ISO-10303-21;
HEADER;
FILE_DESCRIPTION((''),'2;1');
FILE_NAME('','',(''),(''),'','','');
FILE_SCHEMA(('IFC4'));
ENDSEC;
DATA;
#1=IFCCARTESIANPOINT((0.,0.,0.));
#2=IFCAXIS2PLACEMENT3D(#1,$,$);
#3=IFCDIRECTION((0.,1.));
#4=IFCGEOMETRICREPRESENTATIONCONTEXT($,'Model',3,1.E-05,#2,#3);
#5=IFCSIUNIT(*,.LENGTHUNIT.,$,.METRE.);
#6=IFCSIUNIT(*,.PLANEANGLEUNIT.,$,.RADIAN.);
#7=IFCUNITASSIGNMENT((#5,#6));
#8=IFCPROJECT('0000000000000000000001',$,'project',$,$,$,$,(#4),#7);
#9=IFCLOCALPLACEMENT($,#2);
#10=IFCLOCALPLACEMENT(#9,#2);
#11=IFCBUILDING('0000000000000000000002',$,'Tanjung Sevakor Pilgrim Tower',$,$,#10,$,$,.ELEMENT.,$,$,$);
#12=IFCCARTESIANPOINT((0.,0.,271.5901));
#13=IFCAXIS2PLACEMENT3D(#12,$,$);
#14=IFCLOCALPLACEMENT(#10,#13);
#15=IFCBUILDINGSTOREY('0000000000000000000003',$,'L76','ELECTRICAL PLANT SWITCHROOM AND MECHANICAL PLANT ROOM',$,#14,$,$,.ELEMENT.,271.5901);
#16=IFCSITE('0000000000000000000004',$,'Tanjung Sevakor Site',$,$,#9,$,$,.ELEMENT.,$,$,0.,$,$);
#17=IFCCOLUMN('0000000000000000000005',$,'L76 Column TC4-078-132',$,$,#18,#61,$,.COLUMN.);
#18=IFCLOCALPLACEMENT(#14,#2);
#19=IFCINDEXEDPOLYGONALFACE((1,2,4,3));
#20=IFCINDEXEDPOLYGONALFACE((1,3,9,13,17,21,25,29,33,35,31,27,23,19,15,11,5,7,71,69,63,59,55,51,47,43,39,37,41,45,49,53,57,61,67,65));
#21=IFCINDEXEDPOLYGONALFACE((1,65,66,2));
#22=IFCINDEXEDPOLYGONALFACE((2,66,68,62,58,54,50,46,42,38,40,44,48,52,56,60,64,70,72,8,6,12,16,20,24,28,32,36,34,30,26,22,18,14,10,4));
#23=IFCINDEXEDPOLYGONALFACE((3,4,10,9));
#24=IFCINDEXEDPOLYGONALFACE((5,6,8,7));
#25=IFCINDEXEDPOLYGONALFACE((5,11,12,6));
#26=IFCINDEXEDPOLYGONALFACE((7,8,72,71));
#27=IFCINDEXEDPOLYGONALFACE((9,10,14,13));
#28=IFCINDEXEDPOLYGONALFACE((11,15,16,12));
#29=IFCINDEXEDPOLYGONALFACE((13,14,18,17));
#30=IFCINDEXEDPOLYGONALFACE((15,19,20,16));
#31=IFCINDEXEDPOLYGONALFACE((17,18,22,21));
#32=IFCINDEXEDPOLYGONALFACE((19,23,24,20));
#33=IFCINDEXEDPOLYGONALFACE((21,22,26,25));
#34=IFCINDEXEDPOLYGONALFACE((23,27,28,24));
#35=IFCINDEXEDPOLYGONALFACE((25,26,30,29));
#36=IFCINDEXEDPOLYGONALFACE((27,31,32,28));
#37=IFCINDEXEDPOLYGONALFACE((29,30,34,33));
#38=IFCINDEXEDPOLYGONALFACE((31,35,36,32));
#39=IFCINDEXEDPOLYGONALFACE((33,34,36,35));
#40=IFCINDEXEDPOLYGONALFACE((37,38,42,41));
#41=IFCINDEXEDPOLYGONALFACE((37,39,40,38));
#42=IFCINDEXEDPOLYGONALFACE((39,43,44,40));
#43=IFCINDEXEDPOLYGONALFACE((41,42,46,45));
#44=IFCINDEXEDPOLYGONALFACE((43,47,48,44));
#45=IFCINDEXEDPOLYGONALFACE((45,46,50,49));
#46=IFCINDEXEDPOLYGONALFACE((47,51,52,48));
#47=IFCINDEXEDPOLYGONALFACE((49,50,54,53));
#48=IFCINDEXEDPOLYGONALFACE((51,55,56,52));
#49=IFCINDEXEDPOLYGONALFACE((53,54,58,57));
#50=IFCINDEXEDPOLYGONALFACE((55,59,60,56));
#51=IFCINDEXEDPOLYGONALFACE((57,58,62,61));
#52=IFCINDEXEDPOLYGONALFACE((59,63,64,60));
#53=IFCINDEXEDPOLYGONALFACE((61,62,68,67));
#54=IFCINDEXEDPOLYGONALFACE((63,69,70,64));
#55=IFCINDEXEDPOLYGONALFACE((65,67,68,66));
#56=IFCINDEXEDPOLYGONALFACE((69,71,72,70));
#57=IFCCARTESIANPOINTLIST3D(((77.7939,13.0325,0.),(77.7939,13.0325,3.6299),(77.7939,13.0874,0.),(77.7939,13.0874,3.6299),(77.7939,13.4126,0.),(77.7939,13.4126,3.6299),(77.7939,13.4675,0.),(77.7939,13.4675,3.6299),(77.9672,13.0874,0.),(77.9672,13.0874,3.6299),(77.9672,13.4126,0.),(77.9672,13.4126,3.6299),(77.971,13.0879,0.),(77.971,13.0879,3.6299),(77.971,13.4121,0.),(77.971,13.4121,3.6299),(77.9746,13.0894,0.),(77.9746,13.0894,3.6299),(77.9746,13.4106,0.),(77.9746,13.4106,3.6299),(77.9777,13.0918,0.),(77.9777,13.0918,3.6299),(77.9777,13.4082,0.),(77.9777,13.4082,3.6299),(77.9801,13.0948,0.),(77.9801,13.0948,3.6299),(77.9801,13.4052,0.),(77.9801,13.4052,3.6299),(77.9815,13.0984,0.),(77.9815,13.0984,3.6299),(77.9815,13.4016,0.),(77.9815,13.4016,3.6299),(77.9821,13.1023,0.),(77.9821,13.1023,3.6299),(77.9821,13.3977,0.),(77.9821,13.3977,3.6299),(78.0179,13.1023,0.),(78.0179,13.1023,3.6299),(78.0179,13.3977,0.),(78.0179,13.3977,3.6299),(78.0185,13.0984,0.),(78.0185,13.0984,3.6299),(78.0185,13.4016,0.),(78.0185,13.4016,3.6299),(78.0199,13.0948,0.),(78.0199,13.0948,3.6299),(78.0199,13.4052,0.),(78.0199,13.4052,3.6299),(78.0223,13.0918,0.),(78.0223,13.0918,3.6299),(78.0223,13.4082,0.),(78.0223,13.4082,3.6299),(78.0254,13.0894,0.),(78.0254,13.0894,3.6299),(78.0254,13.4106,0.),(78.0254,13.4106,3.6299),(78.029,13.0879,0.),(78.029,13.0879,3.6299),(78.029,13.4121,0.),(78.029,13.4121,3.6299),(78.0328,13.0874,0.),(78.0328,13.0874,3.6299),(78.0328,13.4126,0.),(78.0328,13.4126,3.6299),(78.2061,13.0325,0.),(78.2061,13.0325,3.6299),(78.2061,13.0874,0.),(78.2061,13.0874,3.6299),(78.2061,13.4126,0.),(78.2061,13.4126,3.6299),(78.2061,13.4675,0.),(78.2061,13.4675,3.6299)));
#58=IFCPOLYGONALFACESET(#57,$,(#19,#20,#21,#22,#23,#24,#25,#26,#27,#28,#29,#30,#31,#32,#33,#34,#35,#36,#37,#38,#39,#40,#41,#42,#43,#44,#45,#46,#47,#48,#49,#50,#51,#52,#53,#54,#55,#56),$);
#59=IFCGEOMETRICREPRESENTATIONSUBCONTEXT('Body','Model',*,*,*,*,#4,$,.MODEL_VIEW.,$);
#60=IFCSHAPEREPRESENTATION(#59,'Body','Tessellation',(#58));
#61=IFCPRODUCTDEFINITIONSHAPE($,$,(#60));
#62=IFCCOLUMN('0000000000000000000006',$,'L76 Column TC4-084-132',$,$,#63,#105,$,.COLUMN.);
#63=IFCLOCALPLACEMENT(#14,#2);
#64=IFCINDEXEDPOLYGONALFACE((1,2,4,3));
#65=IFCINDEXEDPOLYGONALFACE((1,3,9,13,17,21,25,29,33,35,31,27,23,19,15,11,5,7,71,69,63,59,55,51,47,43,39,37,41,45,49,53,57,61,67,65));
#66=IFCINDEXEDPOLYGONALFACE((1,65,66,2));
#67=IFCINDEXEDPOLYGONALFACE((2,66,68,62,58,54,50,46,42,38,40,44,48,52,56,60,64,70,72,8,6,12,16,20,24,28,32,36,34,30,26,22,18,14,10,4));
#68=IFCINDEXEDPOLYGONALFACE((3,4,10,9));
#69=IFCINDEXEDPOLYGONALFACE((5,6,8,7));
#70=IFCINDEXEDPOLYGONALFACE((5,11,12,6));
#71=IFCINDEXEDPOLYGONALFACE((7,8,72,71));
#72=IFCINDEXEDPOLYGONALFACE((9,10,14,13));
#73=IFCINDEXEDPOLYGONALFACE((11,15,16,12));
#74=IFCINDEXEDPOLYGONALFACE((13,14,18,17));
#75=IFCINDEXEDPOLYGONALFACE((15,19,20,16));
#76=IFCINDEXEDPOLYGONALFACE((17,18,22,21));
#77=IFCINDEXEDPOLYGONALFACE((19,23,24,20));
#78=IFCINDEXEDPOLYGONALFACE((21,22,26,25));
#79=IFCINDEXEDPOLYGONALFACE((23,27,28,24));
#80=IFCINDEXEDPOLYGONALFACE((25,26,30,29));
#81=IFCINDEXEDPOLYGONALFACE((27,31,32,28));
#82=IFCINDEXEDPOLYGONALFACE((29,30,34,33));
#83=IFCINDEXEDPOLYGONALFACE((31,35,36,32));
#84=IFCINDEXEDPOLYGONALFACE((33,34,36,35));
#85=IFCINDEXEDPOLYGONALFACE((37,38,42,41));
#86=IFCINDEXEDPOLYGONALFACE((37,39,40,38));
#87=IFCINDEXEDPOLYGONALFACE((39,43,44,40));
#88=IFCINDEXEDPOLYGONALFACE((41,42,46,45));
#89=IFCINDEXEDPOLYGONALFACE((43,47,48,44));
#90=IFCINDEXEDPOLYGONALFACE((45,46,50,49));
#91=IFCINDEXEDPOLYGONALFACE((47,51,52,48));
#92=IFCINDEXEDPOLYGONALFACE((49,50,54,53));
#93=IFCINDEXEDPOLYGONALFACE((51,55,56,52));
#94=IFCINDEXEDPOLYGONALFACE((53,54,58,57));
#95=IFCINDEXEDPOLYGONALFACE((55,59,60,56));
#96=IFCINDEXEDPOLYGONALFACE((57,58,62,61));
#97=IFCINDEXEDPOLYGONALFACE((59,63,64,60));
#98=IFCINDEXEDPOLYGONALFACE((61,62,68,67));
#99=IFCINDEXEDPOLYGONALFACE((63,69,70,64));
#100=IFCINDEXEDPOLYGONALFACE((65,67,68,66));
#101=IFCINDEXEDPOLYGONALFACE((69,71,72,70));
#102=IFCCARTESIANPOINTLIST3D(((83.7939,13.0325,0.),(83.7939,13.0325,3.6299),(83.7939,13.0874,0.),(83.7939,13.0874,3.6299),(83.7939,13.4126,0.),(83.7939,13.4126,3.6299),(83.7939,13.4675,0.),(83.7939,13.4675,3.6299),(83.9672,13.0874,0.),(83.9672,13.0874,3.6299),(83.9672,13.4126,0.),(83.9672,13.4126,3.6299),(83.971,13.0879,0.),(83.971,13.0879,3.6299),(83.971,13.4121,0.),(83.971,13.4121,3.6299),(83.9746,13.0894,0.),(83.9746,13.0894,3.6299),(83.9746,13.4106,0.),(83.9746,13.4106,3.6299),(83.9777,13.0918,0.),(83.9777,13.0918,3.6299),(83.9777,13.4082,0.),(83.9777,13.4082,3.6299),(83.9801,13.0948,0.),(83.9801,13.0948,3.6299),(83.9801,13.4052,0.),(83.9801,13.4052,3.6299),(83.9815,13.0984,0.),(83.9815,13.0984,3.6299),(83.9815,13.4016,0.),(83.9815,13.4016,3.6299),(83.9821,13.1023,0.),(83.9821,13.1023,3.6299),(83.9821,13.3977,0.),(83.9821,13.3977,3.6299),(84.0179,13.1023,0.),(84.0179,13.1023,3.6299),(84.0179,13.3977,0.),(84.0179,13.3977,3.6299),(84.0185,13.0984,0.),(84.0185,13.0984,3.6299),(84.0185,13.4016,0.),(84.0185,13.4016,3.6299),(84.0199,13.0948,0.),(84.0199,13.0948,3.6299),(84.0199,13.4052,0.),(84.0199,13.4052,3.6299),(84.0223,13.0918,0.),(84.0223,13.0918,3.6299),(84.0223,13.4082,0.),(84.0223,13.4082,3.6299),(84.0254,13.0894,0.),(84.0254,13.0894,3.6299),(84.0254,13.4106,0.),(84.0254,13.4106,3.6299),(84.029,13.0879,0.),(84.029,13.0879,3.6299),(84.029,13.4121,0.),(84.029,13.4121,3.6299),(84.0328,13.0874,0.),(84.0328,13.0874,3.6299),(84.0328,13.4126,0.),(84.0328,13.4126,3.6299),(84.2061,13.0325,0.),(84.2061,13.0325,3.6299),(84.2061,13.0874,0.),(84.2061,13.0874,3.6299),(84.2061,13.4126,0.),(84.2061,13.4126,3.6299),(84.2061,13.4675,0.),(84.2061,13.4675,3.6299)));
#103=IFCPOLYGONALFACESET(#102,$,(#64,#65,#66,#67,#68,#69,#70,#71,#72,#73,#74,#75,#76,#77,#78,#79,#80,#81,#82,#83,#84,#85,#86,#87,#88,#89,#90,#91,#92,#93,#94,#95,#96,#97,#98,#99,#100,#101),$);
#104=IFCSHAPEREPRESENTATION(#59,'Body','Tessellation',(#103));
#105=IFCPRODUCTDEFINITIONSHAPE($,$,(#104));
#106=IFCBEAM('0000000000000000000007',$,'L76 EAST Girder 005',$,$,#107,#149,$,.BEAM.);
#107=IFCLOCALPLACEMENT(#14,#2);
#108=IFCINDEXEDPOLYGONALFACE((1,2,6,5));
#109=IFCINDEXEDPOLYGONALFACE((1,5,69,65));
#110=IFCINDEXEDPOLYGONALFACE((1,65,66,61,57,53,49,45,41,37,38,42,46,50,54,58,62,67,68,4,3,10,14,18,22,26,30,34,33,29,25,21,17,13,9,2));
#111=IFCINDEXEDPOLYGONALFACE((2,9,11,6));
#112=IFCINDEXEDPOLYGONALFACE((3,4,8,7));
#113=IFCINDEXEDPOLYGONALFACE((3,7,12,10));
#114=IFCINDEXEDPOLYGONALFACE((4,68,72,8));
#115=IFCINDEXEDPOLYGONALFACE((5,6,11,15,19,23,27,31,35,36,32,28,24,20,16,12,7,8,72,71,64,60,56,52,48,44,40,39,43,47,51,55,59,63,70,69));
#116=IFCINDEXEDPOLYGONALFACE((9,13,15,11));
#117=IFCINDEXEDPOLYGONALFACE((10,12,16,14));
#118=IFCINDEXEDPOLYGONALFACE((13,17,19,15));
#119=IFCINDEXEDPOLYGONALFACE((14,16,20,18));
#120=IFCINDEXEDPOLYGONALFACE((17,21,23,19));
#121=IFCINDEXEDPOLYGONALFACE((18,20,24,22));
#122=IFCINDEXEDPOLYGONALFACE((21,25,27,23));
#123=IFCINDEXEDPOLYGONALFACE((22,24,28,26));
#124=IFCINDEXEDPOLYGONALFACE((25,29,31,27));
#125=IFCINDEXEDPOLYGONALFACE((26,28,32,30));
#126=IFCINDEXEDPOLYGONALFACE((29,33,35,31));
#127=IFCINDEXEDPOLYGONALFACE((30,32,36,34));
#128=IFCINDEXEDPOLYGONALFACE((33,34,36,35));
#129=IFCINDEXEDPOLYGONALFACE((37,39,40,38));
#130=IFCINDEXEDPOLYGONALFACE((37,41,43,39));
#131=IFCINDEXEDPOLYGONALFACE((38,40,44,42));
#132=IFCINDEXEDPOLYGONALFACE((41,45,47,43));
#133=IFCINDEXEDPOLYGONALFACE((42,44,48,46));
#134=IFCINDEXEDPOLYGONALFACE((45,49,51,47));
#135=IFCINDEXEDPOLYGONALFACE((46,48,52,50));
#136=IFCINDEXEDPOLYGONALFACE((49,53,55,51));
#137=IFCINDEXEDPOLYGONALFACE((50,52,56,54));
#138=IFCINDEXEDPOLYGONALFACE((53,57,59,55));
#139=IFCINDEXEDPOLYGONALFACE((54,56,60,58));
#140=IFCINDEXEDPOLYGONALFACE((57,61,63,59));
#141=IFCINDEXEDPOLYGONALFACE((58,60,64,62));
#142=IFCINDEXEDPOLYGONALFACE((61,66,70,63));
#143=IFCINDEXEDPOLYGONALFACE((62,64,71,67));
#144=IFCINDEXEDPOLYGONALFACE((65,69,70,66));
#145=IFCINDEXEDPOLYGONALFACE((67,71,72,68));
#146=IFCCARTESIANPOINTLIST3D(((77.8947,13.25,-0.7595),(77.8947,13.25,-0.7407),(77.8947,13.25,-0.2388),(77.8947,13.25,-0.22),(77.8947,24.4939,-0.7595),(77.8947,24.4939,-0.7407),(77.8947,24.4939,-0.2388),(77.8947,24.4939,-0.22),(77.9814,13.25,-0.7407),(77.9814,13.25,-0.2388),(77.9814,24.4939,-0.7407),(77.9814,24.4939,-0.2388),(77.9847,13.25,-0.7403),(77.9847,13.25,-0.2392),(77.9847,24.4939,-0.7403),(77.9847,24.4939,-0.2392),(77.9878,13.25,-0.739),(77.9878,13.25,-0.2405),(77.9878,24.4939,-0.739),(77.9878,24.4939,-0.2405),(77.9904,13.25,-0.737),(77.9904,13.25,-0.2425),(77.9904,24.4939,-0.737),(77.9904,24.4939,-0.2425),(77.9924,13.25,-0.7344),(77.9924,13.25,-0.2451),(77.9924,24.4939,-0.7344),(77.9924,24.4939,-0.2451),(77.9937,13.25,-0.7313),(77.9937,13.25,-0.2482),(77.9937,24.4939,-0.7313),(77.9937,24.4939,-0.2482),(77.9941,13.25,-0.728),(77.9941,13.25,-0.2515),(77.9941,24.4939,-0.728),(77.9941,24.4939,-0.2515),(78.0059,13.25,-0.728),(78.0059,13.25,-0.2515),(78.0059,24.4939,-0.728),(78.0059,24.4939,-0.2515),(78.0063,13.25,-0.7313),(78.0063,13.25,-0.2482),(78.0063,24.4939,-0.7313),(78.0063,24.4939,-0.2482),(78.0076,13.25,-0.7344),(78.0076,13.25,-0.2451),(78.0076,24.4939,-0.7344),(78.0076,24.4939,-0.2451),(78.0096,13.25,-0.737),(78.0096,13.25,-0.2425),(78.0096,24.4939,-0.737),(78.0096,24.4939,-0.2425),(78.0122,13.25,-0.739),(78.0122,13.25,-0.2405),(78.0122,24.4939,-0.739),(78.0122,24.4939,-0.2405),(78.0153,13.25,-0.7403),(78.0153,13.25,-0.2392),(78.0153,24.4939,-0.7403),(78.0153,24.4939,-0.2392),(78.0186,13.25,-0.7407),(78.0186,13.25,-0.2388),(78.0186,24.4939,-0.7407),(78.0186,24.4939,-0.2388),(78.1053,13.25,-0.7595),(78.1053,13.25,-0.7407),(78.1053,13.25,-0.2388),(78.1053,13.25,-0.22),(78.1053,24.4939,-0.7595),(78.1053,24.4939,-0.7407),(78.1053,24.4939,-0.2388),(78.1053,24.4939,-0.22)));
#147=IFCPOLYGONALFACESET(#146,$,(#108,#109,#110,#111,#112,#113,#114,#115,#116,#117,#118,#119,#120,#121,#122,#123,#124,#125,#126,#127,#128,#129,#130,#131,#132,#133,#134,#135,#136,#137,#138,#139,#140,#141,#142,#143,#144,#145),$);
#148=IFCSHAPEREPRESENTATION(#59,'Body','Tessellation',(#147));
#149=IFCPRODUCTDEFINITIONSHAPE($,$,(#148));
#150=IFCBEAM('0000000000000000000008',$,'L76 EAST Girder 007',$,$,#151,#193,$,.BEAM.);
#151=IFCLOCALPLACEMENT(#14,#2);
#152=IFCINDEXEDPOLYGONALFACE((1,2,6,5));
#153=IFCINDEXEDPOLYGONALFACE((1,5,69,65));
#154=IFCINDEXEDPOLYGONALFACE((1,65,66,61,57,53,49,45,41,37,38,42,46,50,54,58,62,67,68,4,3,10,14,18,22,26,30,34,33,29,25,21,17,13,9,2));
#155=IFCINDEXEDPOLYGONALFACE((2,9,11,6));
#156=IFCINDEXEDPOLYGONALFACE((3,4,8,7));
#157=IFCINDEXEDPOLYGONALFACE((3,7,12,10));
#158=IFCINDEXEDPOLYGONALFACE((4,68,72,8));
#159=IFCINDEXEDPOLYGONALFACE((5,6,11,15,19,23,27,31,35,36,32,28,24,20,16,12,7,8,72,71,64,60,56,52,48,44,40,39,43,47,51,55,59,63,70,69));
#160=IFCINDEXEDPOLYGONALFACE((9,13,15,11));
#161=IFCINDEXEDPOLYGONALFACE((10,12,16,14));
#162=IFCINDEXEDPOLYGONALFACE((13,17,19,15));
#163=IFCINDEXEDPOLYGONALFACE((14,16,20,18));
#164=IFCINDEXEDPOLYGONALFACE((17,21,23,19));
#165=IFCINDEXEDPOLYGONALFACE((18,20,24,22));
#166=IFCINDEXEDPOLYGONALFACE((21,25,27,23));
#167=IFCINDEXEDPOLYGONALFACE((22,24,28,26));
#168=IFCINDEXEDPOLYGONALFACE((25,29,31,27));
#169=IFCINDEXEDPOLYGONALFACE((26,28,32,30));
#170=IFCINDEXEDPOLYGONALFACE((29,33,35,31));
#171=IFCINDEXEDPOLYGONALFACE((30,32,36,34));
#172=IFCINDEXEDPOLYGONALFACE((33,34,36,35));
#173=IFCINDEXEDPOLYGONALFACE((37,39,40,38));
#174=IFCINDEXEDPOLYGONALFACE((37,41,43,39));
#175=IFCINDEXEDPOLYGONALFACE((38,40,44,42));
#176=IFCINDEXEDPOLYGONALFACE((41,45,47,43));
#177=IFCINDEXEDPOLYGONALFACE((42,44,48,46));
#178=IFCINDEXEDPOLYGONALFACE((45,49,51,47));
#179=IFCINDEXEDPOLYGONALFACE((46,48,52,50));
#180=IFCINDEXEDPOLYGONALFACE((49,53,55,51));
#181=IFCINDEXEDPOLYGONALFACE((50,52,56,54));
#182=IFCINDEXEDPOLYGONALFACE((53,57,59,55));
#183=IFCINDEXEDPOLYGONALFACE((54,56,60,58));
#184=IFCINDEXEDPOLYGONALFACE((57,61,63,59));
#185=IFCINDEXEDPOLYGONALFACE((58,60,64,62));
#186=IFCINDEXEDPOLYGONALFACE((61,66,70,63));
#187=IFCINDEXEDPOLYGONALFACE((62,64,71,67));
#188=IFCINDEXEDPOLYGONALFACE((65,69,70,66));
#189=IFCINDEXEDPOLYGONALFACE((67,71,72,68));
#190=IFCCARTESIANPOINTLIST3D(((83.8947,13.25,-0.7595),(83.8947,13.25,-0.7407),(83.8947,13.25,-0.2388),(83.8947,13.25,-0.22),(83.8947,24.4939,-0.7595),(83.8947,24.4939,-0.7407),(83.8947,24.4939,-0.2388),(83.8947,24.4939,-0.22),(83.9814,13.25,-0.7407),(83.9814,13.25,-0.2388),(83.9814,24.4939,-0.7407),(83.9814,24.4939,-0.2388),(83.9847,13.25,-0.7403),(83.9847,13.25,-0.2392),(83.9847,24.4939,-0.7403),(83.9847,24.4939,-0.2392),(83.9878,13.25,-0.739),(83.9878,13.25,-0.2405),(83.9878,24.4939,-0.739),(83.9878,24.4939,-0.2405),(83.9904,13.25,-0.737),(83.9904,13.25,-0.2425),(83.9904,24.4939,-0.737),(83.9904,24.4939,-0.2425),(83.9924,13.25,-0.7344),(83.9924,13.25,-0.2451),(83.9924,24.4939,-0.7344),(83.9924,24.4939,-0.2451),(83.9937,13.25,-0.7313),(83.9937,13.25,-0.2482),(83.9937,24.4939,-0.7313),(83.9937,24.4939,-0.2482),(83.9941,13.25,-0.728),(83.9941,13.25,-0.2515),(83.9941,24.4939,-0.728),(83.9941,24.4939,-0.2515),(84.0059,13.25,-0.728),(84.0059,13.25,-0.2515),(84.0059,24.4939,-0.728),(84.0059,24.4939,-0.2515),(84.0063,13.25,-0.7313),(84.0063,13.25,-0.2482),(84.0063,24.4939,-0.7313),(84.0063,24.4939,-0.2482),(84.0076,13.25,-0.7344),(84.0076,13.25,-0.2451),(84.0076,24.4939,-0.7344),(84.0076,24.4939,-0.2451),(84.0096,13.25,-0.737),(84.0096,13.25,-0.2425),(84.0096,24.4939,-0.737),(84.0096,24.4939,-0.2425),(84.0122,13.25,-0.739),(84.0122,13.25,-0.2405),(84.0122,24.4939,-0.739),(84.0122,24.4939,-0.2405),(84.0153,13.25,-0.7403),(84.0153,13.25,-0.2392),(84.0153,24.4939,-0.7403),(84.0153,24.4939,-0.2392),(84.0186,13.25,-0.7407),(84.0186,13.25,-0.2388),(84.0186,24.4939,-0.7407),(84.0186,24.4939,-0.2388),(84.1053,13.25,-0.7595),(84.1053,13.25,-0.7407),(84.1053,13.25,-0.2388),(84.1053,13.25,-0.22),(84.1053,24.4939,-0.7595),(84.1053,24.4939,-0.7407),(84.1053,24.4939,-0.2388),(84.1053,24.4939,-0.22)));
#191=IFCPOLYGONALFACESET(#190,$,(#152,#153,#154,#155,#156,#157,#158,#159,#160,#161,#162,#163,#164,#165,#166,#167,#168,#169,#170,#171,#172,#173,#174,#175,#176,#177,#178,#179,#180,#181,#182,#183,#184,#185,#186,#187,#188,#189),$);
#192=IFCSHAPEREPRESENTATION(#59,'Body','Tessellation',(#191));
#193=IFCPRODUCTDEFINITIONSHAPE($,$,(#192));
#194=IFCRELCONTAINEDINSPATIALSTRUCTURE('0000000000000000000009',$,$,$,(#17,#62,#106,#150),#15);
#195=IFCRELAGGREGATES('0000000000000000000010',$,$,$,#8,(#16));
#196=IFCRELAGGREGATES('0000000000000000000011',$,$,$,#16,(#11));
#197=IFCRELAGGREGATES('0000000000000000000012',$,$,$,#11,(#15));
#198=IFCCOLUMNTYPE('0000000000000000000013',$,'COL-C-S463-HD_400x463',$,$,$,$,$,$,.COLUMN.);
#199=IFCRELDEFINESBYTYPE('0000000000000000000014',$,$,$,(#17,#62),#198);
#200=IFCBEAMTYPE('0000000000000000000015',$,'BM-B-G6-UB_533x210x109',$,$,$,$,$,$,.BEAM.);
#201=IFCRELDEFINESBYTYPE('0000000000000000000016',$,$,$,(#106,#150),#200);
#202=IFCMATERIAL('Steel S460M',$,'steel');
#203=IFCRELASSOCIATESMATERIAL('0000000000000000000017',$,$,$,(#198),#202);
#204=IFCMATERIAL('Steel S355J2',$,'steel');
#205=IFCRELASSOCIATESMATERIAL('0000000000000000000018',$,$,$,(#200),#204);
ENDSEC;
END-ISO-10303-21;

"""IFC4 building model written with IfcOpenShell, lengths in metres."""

from ifc_helpers import new_model, si_unit, direction, frame, origin, origin_2d, place, context, subcontext, project, spatial, i_section, extrude, material, material_profile, profile_set, type_object, element, save


model = new_model("IFC4")

# Units and contexts
model_context = context("Model", 3, precision=1e-05, world=origin(), true_north=direction((0.0, 1.0)))
body_context = subcontext(model_context, "Body", "Model", "MODEL_VIEW")
ifc_project = project(units=[si_unit("LENGTHUNIT", "METRE"), si_unit("PLANEANGLEUNIT", "RADIAN")], contexts=[model_context])

# Site, building, storey
site_placement = place(None, origin())
site = spatial("IfcSite", under=ifc_project, at=site_placement, Name="Tanjung Sevakor Site", CompositionType="ELEMENT", RefElevation=0.0)
building_placement = place(site_placement, origin())
building = spatial("IfcBuilding", under=site, at=building_placement, Name="Tanjung Sevakor Pilgrim Tower", CompositionType="ELEMENT")
storey_placement = place(building_placement, frame((0.0, 0.0, 271.5901)))
storey = spatial("IfcBuildingStorey", under=building, at=storey_placement, Name="L76", Description="ELECTRICAL PLANT SWITCHROOM AND MECHANICAL PLANT ROOM", CompositionType="ELEMENT", Elevation=271.5901)

# Columns
ifc_material_1 = material(Name="Steel S460M", Category="steel")
ifc_material_profile_1 = material_profile(ifc_material_1, i_section(OverallWidth=0.4121, OverallDepth=0.4351, WebThickness=0.0359, FlangeThickness=0.0549, FilletRadius=0.0149, at=origin_2d()))
ifc_profile_set_1 = profile_set([ifc_material_profile_1], Name="Steel S460M")
column_type = type_object("IfcColumnType", Name="COL-C-S463-HD_400x463", PredefinedType="COLUMN", material=ifc_profile_set_1)
for number, where, z_axis, x_axis, name in (
    (1, (78.0, 13.25, 0.0), (0.0, 0.0, 1.0), (1.0, 0.0, 0.0), "L76 Column TC4-078-132"),
    (2, (84.0, 13.25, 0.0), (0.0, 0.0, 1.0), (1.0, 0.0, 0.0), "L76 Column TC4-084-132"),
):
    element("IfcColumn", number, at=place(storey_placement, frame(where, z_axis=z_axis, x_axis=x_axis)), inside=storey, type_object=column_type, Name=name, PredefinedType="COLUMN", context=body_context, shape_type="SweptSolid", body=[
        extrude(i_section(OverallWidth=0.4121, OverallDepth=0.4351, WebThickness=0.0359, FlangeThickness=0.0549, FilletRadius=0.0149, at=origin_2d()), origin(), (0.0, 0.0, 1.0), 3.6299),
    ])

# Beams
ifc_material_2 = material(Name="Steel S355J2", Category="steel")
ifc_material_profile_2 = material_profile(ifc_material_2, i_section(OverallWidth=0.2107, OverallDepth=0.5396, WebThickness=0.0117, FlangeThickness=0.0188, FilletRadius=0.0127, at=origin_2d()))
ifc_profile_set_2 = profile_set([ifc_material_profile_2], Name="Steel S355J2")
beam_type_1 = type_object("IfcBeamType", Name="BM-B-G6-UB_533x210x109", PredefinedType="BEAM", material=ifc_profile_set_2)
for number, where, z_axis, x_axis, name in (
    (3, (78.0, 13.25, -0.4897), (0.0, 1.0, 0.0), (-1.0, 0.0, 0.0), "L76 EAST Girder 005"),
    (4, (84.0, 13.25, -0.4897), (0.0, 1.0, 0.0), (-1.0, 0.0, 0.0), "L76 EAST Girder 007"),
):
    element("IfcBeam", number, at=place(storey_placement, frame(where, z_axis=z_axis, x_axis=x_axis)), inside=storey, type_object=beam_type_1, Name=name, PredefinedType="BEAM", context=body_context, shape_type="SweptSolid", body=[
        extrude(i_section(OverallWidth=0.2107, OverallDepth=0.5396, WebThickness=0.0117, FlangeThickness=0.0188, FilletRadius=0.0127, at=origin_2d()), origin(), (0.0, 0.0, 1.0), 11.2439),
    ])

save(model, "model.ifc")
